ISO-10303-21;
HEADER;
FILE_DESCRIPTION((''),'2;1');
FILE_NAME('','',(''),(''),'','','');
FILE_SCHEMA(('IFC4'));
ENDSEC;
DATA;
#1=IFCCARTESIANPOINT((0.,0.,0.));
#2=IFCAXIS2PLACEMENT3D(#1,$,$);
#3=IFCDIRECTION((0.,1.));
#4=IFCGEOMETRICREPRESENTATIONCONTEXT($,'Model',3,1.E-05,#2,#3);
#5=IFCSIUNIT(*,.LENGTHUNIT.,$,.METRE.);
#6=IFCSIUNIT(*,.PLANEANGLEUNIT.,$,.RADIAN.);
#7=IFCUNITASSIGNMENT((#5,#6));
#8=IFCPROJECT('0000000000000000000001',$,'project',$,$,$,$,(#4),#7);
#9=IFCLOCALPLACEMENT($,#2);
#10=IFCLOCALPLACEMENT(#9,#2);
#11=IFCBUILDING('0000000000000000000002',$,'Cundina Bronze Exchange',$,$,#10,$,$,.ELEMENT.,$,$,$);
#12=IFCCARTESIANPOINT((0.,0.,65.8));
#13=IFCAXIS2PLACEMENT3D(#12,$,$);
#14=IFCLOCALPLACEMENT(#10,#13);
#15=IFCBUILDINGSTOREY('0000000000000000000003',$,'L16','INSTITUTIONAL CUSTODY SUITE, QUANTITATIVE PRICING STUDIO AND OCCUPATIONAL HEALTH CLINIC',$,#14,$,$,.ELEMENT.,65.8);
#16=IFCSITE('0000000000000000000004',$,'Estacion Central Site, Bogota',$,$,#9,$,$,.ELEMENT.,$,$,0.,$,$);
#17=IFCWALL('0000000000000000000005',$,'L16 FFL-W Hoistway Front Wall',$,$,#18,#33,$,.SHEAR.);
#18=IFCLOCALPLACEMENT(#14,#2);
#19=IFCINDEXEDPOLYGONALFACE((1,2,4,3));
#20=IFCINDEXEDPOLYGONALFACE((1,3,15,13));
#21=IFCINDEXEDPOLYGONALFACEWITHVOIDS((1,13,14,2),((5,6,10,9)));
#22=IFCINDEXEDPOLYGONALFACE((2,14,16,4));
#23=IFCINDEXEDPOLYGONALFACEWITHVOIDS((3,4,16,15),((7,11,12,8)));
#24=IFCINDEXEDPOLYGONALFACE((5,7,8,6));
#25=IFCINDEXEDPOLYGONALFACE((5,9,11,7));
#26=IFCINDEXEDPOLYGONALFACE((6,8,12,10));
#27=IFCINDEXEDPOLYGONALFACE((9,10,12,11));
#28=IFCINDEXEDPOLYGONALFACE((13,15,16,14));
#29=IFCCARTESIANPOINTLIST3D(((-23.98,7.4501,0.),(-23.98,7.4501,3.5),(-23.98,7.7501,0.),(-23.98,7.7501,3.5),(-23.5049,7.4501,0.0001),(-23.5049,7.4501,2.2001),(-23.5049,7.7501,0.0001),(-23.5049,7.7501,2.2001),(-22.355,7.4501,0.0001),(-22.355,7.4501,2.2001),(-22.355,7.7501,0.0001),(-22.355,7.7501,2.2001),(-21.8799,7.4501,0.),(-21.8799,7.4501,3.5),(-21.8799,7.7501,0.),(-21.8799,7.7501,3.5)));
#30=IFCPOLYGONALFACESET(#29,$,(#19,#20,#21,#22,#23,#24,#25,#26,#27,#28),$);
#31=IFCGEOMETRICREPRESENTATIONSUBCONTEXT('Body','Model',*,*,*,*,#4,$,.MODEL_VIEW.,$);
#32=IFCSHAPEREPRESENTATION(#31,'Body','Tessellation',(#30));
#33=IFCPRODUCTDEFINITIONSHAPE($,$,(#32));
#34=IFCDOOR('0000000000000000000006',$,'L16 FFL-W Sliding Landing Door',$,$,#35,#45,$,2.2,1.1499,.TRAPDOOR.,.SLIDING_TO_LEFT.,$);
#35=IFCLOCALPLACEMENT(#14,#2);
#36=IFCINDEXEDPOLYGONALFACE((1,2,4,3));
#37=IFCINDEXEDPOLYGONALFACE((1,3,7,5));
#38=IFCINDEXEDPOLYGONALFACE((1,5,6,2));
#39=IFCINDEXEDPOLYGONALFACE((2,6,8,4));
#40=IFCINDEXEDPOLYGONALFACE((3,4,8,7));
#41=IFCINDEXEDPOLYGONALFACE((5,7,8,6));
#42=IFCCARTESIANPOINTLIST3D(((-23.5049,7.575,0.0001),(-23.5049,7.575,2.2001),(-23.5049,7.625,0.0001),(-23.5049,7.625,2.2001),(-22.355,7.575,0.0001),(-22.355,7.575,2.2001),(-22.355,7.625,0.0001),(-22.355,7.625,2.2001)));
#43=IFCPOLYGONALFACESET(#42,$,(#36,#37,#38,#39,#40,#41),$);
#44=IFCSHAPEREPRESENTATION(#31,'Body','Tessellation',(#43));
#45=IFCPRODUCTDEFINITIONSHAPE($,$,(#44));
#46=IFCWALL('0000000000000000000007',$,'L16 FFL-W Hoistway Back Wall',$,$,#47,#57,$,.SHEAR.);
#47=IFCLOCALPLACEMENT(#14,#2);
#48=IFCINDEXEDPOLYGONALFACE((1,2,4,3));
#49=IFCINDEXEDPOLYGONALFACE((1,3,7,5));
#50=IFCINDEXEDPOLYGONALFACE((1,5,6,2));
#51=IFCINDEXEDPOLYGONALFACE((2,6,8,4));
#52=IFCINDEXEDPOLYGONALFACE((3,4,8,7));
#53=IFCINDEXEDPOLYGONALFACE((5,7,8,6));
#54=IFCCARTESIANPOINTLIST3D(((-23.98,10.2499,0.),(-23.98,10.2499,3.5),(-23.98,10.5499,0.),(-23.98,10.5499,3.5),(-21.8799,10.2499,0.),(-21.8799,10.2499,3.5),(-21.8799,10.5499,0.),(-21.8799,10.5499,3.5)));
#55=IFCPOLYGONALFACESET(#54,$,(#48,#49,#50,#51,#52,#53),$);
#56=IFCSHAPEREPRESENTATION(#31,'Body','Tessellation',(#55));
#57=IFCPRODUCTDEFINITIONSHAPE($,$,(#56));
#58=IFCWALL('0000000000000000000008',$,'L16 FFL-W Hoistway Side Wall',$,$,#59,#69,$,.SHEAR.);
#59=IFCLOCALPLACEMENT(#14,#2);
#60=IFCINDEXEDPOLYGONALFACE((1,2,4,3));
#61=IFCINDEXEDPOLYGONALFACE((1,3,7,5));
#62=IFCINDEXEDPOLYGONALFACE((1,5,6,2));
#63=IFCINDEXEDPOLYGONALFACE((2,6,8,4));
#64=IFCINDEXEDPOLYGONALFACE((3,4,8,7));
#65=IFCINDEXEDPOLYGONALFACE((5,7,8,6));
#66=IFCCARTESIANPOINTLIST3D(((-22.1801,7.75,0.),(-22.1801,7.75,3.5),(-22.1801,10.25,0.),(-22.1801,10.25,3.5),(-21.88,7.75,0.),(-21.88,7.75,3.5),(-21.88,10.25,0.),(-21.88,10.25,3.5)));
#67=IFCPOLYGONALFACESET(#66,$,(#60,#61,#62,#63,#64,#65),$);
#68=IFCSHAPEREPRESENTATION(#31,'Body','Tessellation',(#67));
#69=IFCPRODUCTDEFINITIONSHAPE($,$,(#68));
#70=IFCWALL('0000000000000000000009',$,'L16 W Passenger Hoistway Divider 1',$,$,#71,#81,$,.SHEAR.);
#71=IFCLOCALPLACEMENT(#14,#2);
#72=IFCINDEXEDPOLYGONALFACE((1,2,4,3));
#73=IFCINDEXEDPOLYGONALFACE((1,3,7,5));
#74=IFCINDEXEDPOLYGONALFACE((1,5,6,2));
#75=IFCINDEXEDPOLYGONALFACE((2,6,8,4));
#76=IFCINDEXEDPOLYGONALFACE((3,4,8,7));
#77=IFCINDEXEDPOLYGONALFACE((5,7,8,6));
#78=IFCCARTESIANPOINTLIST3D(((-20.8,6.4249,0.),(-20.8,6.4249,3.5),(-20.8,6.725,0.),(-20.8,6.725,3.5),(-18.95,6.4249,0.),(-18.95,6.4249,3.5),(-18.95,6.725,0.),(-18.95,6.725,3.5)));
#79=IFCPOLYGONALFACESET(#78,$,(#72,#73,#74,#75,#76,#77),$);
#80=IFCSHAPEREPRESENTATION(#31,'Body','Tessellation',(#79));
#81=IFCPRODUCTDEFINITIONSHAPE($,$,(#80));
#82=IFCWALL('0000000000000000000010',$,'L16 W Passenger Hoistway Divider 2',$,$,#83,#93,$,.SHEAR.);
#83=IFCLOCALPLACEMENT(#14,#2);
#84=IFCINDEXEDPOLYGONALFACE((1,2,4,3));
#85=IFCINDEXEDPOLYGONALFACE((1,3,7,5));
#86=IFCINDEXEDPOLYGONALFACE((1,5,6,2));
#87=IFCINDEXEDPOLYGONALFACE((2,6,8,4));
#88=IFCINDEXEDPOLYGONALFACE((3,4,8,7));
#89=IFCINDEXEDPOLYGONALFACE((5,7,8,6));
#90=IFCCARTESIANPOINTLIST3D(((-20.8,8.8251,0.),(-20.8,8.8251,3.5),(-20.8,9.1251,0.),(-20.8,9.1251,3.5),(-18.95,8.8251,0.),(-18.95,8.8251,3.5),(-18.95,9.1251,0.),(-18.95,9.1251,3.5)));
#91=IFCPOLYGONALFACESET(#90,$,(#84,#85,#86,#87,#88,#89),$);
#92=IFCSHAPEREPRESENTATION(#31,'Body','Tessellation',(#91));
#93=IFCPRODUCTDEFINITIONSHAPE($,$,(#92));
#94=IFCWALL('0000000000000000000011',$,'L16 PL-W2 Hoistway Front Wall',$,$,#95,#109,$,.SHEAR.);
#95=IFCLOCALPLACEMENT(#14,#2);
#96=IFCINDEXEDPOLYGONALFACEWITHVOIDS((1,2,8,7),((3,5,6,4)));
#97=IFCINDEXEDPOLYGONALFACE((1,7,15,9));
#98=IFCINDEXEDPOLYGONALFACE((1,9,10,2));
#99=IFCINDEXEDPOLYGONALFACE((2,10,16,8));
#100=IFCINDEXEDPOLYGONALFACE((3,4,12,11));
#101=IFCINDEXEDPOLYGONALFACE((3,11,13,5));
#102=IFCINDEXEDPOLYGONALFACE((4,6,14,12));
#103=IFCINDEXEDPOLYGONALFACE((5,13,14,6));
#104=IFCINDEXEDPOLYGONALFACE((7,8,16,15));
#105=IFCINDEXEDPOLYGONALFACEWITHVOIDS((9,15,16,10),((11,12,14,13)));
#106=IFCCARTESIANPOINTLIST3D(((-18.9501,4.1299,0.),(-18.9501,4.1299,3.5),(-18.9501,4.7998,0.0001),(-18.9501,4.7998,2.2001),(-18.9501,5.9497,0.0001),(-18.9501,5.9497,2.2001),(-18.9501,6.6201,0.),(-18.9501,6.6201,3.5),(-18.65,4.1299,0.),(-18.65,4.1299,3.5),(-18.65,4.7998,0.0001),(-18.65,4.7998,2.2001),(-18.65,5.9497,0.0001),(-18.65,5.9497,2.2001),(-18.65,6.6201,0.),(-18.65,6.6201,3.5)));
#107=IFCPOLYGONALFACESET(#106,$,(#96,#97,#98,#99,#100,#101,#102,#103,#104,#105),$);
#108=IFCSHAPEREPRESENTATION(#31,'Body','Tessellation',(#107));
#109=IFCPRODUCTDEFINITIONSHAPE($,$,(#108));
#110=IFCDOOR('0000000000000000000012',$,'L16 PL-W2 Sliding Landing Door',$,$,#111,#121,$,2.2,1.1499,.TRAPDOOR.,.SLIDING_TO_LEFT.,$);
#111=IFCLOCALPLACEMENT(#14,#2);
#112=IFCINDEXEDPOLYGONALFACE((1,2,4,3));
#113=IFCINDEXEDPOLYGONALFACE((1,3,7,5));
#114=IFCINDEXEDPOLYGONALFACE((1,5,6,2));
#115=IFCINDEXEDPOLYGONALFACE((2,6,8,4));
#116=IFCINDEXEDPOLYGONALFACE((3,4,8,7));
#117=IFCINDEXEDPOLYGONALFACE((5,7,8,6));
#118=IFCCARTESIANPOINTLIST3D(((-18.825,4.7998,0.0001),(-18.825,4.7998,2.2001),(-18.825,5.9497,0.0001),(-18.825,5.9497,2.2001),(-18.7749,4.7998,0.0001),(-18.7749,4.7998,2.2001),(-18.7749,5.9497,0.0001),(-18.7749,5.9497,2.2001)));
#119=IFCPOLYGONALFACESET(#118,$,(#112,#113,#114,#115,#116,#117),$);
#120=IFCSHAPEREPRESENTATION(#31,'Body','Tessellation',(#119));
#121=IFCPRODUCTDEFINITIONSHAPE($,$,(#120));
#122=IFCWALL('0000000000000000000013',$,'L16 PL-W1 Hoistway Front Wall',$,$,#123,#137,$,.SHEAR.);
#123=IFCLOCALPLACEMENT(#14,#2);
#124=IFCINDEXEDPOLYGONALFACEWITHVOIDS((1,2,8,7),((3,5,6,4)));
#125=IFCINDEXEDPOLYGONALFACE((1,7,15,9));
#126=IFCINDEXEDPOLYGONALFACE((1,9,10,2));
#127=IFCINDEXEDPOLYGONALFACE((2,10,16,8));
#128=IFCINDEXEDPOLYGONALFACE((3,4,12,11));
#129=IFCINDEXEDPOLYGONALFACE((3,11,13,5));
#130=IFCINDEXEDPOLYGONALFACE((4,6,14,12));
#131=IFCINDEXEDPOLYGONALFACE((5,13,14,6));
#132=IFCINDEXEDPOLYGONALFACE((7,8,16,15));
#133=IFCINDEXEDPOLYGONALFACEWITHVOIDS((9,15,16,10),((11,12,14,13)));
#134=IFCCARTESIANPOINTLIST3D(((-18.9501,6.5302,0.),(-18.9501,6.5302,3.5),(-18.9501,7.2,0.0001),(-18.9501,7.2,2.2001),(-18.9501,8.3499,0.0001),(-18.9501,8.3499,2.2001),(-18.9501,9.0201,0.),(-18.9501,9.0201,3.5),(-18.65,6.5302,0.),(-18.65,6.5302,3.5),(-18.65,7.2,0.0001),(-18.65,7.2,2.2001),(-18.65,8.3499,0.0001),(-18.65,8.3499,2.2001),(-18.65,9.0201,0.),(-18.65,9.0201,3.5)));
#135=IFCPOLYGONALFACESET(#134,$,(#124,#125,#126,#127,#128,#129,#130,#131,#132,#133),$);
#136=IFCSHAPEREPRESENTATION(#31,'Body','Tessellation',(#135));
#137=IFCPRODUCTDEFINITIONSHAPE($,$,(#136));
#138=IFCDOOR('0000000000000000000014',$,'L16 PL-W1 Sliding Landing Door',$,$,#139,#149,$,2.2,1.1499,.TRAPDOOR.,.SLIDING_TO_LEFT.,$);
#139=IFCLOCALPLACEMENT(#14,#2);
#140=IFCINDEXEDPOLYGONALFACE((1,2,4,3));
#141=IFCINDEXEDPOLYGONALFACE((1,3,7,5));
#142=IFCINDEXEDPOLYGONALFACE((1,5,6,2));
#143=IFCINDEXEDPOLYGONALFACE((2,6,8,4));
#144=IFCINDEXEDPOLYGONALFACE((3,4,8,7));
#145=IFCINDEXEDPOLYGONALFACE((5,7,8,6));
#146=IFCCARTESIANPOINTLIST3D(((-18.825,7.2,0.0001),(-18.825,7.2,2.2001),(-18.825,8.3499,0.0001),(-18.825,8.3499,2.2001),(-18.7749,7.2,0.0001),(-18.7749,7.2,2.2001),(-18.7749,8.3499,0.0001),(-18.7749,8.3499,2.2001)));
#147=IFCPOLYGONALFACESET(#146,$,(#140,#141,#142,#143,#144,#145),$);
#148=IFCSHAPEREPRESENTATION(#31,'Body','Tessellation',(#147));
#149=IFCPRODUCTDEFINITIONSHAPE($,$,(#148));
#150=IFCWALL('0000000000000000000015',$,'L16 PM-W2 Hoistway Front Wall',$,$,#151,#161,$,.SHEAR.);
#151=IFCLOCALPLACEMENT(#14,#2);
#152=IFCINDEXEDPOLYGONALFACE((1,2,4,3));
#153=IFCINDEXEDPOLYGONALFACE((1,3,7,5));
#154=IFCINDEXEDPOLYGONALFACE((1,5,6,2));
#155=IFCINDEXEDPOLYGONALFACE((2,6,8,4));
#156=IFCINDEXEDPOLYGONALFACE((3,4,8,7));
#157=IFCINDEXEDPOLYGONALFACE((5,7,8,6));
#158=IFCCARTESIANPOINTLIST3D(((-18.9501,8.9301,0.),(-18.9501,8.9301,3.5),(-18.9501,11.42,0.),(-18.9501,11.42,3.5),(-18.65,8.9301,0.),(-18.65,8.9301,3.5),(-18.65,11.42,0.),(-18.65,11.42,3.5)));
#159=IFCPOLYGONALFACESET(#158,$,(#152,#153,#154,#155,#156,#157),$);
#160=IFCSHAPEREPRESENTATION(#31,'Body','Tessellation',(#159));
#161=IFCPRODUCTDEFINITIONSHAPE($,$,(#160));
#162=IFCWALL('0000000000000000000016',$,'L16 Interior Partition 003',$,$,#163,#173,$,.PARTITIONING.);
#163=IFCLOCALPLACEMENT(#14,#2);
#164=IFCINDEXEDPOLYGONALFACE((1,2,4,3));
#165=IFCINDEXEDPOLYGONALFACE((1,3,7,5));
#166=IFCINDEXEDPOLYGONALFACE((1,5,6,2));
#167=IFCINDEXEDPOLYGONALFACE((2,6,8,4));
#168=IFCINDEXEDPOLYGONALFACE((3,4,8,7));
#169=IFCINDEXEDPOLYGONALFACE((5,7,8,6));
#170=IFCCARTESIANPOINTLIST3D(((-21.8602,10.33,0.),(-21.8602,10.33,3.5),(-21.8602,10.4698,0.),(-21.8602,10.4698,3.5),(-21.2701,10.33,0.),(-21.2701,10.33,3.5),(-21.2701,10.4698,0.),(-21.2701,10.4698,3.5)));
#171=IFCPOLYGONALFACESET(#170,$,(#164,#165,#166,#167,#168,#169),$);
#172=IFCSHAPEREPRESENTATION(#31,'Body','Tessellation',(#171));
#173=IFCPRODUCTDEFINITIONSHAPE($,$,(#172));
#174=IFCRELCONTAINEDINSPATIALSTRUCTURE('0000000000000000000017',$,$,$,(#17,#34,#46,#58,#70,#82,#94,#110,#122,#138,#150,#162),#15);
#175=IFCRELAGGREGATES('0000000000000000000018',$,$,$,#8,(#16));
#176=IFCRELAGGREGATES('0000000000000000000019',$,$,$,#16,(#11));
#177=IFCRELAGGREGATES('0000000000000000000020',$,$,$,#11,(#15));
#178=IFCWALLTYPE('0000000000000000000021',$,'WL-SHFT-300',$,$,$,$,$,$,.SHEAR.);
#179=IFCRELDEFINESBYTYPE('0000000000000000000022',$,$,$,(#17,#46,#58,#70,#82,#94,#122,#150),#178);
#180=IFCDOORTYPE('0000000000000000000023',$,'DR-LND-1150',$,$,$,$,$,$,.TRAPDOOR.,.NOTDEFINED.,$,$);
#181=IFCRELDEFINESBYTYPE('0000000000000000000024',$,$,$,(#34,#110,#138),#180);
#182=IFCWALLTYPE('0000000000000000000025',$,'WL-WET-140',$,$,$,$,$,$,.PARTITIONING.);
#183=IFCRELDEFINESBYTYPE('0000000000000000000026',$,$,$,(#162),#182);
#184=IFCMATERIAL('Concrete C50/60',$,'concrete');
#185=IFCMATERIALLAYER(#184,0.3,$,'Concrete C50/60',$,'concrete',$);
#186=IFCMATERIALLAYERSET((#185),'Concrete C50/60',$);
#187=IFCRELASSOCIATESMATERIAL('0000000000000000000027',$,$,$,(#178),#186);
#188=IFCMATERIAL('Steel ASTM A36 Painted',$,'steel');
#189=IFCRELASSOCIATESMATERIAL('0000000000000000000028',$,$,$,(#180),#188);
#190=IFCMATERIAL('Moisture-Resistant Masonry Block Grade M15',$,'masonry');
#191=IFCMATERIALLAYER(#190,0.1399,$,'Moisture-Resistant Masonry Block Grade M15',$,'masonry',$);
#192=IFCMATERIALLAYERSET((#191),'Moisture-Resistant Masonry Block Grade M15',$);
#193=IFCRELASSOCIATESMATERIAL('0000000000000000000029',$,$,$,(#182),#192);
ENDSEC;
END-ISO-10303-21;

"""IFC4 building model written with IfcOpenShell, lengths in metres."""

from ifc_helpers import new_model, si_unit, direction, frame, frame_2d, origin, place, context, subcontext, project, spatial, rectangle, extrude, material, layer, layer_set, type_object, element, fill, save


model = new_model("IFC4")

# Units and contexts
model_context = context("Model", 3, precision=1e-05, world=origin(), true_north=direction((0.0, 1.0)))
body_context = subcontext(model_context, "Body", "Model", "MODEL_VIEW")
ifc_project = project(units=[si_unit("LENGTHUNIT", "METRE"), si_unit("PLANEANGLEUNIT", "RADIAN")], contexts=[model_context])

# Site, building, storey
site_placement = place(None, origin())
site = spatial("IfcSite", under=ifc_project, at=site_placement, Name="Estacion Central Site, Bogota", CompositionType="ELEMENT", RefElevation=0.0)
building_placement = place(site_placement, origin())
building = spatial("IfcBuilding", under=site, at=building_placement, Name="Cundina Bronze Exchange", CompositionType="ELEMENT")
storey_placement = place(building_placement, frame((0.0, 0.0, 65.8)))
storey = spatial("IfcBuildingStorey", under=building, at=storey_placement, Name="L16", Description="INSTITUTIONAL CUSTODY SUITE, QUANTITATIVE PRICING STUDIO AND OCCUPATIONAL HEALTH CLINIC", CompositionType="ELEMENT", Elevation=65.8)

# Shared definitions
ifc_material_1 = material(Name="Concrete C50/60", Category="concrete")
ifc_layer_1 = layer(ifc_material_1, 0.3, Name="Concrete C50/60", Category="concrete")
ifc_layer_set_1 = layer_set([ifc_layer_1], Name="Concrete C50/60")
wall_type_1 = type_object("IfcWallType", Name="WL-SHFT-300", PredefinedType="SHEAR", material=ifc_layer_set_1)

# Wall, opening, door
wall_1_placement = place(storey_placement, frame((-23.98, 7.6001, 0.0), z_axis=(0.0, 0.0, 1.0), x_axis=(1.0, 0.0, 0.0)))
wall_1 = element("IfcWall", 1, at=wall_1_placement, inside=storey, type_object=wall_type_1, Name="L16 FFL-W Hoistway Front Wall", PredefinedType="SHEAR", context=body_context, shape_type="SweptSolid", body=[
    extrude(rectangle(XDim=2.1001, YDim=0.3, at=frame_2d((1.05, 0.0))), origin(), (0.0, 0.0, 1.0), 3.5),
])
opening_1_placement = place(wall_1_placement, frame((0.4751, 0.0, 0.0)))
opening_1 = element("IfcOpeningElement", 2, at=opening_1_placement, cuts=wall_1, PredefinedType="OPENING", context=body_context, shape_type="SweptSolid", body=[
    extrude(rectangle(XDim=1.1499, YDim=2.2, at=frame_2d((0.575, 1.1001))), frame((0.0, 0.1599, 0.0), z_axis=(0.0, -1.0, 0.0), x_axis=(1.0, 0.0, 0.0)), (0.0, 0.0, 1.0), 0.3201),
])
ifc_material_2 = material(Name="Steel ASTM A36 Painted", Category="steel")
door_type = type_object("IfcDoorType", Name="DR-LND-1150", OperationType="NOTDEFINED", PredefinedType="TRAPDOOR", material=ifc_material_2)
door_1_placement = place(opening_1_placement, origin())
door_1 = element("IfcDoor", 3, at=door_1_placement, inside=storey, type_object=door_type, Name="L16 FFL-W Sliding Landing Door", OperationType="SLIDING_TO_LEFT", OverallHeight=2.2, OverallWidth=1.1499, PredefinedType="TRAPDOOR", context=body_context, shape_type="SweptSolid", body=[
    extrude(rectangle(XDim=1.1499, YDim=2.2, at=frame_2d((0.575, 1.1001))), frame((0.0, 0.0249, 0.0), z_axis=(0.0, -1.0, 0.0), x_axis=(1.0, 0.0, 0.0)), (0.0, 0.0, 1.0), 0.05),
])
fill(opening_1, door_1)

# Walls
wall_2_placement = place(storey_placement, frame((-23.98, 10.3999, 0.0), z_axis=(0.0, 0.0, 1.0), x_axis=(1.0, 0.0, 0.0)))
element("IfcWall", 4, at=wall_2_placement, inside=storey, type_object=wall_type_1, Name="L16 FFL-W Hoistway Back Wall", PredefinedType="SHEAR", context=body_context, shape_type="SweptSolid", body=[
    extrude(rectangle(XDim=2.1001, YDim=0.3, at=frame_2d((1.05, 0.0))), origin(), (0.0, 0.0, 1.0), 3.5),
])
wall_3_placement = place(storey_placement, frame((-22.03, 7.75, 0.0), z_axis=(0.0, 0.0, 1.0), x_axis=(0.0, 1.0, 0.0)))
element("IfcWall", 5, at=wall_3_placement, inside=storey, type_object=wall_type_1, Name="L16 FFL-W Hoistway Side Wall", PredefinedType="SHEAR", context=body_context, shape_type="SweptSolid", body=[
    extrude(rectangle(XDim=2.5, YDim=0.3, at=frame_2d((1.25, 0.0))), origin(), (0.0, 0.0, 1.0), 3.5),
])
for number, where, z_axis, x_axis, name in (
    (6, (-20.8, 6.575, 0.0), (0.0, 0.0, 1.0), (1.0, 0.0, 0.0), "L16 W Passenger Hoistway Divider 1"),
    (7, (-20.8, 8.9751, 0.0), (0.0, 0.0, 1.0), (1.0, 0.0, 0.0), "L16 W Passenger Hoistway Divider 2"),
):
    element("IfcWall", number, at=place(storey_placement, frame(where, z_axis=z_axis, x_axis=x_axis)), inside=storey, type_object=wall_type_1, Name=name, PredefinedType="SHEAR", context=body_context, shape_type="SweptSolid", body=[
        extrude(rectangle(XDim=1.8501, YDim=0.3, at=frame_2d((0.925, 0.0))), origin(), (0.0, 0.0, 1.0), 3.5),
    ])

# Walls, openings, doors
wall_4_placement = place(storey_placement, frame((-18.8, 4.1299, 0.0), z_axis=(0.0, 0.0, 1.0), x_axis=(0.0, 1.0, 0.0)))
wall_4 = element("IfcWall", 8, at=wall_4_placement, inside=storey, type_object=wall_type_1, Name="L16 PL-W2 Hoistway Front Wall", PredefinedType="SHEAR", context=body_context, shape_type="SweptSolid", body=[
    extrude(rectangle(XDim=2.4902, YDim=0.3, at=frame_2d((1.2451, 0.0))), origin(), (0.0, 0.0, 1.0), 3.5),
])
opening_2_placement = place(wall_4_placement, frame((0.6699, 0.0, 0.0)))
opening_2 = element("IfcOpeningElement", 9, at=opening_2_placement, cuts=wall_4, PredefinedType="OPENING", context=body_context, shape_type="SweptSolid", body=[
    extrude(rectangle(XDim=1.1499, YDim=2.2, at=frame_2d((0.575, 1.1001))), frame((0.0, 0.1599, 0.0), z_axis=(0.0, -1.0, 0.0), x_axis=(1.0, 0.0, 0.0)), (0.0, 0.0, 1.0), 0.3201),
])
door_2_placement = place(opening_2_placement, origin())
door_2 = element("IfcDoor", 10, at=door_2_placement, inside=storey, type_object=door_type, Name="L16 PL-W2 Sliding Landing Door", OperationType="SLIDING_TO_LEFT", OverallHeight=2.2, OverallWidth=1.1499, PredefinedType="TRAPDOOR", context=body_context, shape_type="SweptSolid", body=[
    extrude(rectangle(XDim=1.1499, YDim=2.2, at=frame_2d((0.575, 1.1001))), frame((0.0, 0.0249, 0.0), z_axis=(0.0, -1.0, 0.0), x_axis=(1.0, 0.0, 0.0)), (0.0, 0.0, 1.0), 0.05),
])
fill(opening_2, door_2)
wall_5_placement = place(storey_placement, frame((-18.8, 6.53, 0.0), z_axis=(0.0, 0.0, 1.0), x_axis=(0.0, 1.0, 0.0)))
wall_5 = element("IfcWall", 11, at=wall_5_placement, inside=storey, type_object=wall_type_1, Name="L16 PL-W1 Hoistway Front Wall", PredefinedType="SHEAR", context=body_context, shape_type="SweptSolid", body=[
    extrude(rectangle(XDim=2.49, YDim=0.3, at=frame_2d((1.2451, 0.0))), origin(), (0.0, 0.0, 1.0), 3.5),
])
opening_3_placement = place(wall_5_placement, frame((0.6699, 0.0, 0.0)))
opening_3 = element("IfcOpeningElement", 12, at=opening_3_placement, cuts=wall_5, PredefinedType="OPENING", context=body_context, shape_type="SweptSolid", body=[
    extrude(rectangle(XDim=1.1499, YDim=2.2, at=frame_2d((0.575, 1.1001))), frame((0.0, 0.1599, 0.0), z_axis=(0.0, -1.0, 0.0), x_axis=(1.0, 0.0, 0.0)), (0.0, 0.0, 1.0), 0.3201),
])
door_3_placement = place(opening_3_placement, origin())
door_3 = element("IfcDoor", 13, at=door_3_placement, inside=storey, type_object=door_type, Name="L16 PL-W1 Sliding Landing Door", OperationType="SLIDING_TO_LEFT", OverallHeight=2.2, OverallWidth=1.1499, PredefinedType="TRAPDOOR", context=body_context, shape_type="SweptSolid", body=[
    extrude(rectangle(XDim=1.1499, YDim=2.2, at=frame_2d((0.575, 1.1001))), frame((0.0, 0.0249, 0.0), z_axis=(0.0, -1.0, 0.0), x_axis=(1.0, 0.0, 0.0)), (0.0, 0.0, 1.0), 0.05),
])
fill(opening_3, door_3)

# Walls
wall_6_placement = place(storey_placement, frame((-18.8, 8.9299, 0.0), z_axis=(0.0, 0.0, 1.0), x_axis=(0.0, 1.0, 0.0)))
element("IfcWall", 14, at=wall_6_placement, inside=storey, type_object=wall_type_1, Name="L16 PM-W2 Hoistway Front Wall", PredefinedType="SHEAR", context=body_context, shape_type="SweptSolid", body=[
    extrude(rectangle(XDim=2.49, YDim=0.3, at=frame_2d((1.2451, 0.0))), origin(), (0.0, 0.0, 1.0), 3.5),
])
ifc_material_3 = material(Name="Moisture-Resistant Masonry Block Grade M15", Category="masonry")
ifc_layer_2 = layer(ifc_material_3, 0.1399, Name="Moisture-Resistant Masonry Block Grade M15", Category="masonry")
ifc_layer_set_2 = layer_set([ifc_layer_2], Name="Moisture-Resistant Masonry Block Grade M15")
wall_type_2 = type_object("IfcWallType", Name="WL-WET-140", PredefinedType="PARTITIONING", material=ifc_layer_set_2)
wall_7_placement = place(storey_placement, frame((-21.8601, 10.3999, 0.0), z_axis=(0.0, 0.0, 1.0), x_axis=(1.0, 0.0, 0.0)))
element("IfcWall", 15, at=wall_7_placement, inside=storey, type_object=wall_type_2, Name="L16 Interior Partition 003", PredefinedType="PARTITIONING", context=body_context, shape_type="SweptSolid", body=[
    extrude(rectangle(XDim=0.5901, YDim=0.1399, at=frame_2d((0.2949, 0.0))), origin(), (0.0, 0.0, 1.0), 3.5),
])

save(model, "model.ifc")
